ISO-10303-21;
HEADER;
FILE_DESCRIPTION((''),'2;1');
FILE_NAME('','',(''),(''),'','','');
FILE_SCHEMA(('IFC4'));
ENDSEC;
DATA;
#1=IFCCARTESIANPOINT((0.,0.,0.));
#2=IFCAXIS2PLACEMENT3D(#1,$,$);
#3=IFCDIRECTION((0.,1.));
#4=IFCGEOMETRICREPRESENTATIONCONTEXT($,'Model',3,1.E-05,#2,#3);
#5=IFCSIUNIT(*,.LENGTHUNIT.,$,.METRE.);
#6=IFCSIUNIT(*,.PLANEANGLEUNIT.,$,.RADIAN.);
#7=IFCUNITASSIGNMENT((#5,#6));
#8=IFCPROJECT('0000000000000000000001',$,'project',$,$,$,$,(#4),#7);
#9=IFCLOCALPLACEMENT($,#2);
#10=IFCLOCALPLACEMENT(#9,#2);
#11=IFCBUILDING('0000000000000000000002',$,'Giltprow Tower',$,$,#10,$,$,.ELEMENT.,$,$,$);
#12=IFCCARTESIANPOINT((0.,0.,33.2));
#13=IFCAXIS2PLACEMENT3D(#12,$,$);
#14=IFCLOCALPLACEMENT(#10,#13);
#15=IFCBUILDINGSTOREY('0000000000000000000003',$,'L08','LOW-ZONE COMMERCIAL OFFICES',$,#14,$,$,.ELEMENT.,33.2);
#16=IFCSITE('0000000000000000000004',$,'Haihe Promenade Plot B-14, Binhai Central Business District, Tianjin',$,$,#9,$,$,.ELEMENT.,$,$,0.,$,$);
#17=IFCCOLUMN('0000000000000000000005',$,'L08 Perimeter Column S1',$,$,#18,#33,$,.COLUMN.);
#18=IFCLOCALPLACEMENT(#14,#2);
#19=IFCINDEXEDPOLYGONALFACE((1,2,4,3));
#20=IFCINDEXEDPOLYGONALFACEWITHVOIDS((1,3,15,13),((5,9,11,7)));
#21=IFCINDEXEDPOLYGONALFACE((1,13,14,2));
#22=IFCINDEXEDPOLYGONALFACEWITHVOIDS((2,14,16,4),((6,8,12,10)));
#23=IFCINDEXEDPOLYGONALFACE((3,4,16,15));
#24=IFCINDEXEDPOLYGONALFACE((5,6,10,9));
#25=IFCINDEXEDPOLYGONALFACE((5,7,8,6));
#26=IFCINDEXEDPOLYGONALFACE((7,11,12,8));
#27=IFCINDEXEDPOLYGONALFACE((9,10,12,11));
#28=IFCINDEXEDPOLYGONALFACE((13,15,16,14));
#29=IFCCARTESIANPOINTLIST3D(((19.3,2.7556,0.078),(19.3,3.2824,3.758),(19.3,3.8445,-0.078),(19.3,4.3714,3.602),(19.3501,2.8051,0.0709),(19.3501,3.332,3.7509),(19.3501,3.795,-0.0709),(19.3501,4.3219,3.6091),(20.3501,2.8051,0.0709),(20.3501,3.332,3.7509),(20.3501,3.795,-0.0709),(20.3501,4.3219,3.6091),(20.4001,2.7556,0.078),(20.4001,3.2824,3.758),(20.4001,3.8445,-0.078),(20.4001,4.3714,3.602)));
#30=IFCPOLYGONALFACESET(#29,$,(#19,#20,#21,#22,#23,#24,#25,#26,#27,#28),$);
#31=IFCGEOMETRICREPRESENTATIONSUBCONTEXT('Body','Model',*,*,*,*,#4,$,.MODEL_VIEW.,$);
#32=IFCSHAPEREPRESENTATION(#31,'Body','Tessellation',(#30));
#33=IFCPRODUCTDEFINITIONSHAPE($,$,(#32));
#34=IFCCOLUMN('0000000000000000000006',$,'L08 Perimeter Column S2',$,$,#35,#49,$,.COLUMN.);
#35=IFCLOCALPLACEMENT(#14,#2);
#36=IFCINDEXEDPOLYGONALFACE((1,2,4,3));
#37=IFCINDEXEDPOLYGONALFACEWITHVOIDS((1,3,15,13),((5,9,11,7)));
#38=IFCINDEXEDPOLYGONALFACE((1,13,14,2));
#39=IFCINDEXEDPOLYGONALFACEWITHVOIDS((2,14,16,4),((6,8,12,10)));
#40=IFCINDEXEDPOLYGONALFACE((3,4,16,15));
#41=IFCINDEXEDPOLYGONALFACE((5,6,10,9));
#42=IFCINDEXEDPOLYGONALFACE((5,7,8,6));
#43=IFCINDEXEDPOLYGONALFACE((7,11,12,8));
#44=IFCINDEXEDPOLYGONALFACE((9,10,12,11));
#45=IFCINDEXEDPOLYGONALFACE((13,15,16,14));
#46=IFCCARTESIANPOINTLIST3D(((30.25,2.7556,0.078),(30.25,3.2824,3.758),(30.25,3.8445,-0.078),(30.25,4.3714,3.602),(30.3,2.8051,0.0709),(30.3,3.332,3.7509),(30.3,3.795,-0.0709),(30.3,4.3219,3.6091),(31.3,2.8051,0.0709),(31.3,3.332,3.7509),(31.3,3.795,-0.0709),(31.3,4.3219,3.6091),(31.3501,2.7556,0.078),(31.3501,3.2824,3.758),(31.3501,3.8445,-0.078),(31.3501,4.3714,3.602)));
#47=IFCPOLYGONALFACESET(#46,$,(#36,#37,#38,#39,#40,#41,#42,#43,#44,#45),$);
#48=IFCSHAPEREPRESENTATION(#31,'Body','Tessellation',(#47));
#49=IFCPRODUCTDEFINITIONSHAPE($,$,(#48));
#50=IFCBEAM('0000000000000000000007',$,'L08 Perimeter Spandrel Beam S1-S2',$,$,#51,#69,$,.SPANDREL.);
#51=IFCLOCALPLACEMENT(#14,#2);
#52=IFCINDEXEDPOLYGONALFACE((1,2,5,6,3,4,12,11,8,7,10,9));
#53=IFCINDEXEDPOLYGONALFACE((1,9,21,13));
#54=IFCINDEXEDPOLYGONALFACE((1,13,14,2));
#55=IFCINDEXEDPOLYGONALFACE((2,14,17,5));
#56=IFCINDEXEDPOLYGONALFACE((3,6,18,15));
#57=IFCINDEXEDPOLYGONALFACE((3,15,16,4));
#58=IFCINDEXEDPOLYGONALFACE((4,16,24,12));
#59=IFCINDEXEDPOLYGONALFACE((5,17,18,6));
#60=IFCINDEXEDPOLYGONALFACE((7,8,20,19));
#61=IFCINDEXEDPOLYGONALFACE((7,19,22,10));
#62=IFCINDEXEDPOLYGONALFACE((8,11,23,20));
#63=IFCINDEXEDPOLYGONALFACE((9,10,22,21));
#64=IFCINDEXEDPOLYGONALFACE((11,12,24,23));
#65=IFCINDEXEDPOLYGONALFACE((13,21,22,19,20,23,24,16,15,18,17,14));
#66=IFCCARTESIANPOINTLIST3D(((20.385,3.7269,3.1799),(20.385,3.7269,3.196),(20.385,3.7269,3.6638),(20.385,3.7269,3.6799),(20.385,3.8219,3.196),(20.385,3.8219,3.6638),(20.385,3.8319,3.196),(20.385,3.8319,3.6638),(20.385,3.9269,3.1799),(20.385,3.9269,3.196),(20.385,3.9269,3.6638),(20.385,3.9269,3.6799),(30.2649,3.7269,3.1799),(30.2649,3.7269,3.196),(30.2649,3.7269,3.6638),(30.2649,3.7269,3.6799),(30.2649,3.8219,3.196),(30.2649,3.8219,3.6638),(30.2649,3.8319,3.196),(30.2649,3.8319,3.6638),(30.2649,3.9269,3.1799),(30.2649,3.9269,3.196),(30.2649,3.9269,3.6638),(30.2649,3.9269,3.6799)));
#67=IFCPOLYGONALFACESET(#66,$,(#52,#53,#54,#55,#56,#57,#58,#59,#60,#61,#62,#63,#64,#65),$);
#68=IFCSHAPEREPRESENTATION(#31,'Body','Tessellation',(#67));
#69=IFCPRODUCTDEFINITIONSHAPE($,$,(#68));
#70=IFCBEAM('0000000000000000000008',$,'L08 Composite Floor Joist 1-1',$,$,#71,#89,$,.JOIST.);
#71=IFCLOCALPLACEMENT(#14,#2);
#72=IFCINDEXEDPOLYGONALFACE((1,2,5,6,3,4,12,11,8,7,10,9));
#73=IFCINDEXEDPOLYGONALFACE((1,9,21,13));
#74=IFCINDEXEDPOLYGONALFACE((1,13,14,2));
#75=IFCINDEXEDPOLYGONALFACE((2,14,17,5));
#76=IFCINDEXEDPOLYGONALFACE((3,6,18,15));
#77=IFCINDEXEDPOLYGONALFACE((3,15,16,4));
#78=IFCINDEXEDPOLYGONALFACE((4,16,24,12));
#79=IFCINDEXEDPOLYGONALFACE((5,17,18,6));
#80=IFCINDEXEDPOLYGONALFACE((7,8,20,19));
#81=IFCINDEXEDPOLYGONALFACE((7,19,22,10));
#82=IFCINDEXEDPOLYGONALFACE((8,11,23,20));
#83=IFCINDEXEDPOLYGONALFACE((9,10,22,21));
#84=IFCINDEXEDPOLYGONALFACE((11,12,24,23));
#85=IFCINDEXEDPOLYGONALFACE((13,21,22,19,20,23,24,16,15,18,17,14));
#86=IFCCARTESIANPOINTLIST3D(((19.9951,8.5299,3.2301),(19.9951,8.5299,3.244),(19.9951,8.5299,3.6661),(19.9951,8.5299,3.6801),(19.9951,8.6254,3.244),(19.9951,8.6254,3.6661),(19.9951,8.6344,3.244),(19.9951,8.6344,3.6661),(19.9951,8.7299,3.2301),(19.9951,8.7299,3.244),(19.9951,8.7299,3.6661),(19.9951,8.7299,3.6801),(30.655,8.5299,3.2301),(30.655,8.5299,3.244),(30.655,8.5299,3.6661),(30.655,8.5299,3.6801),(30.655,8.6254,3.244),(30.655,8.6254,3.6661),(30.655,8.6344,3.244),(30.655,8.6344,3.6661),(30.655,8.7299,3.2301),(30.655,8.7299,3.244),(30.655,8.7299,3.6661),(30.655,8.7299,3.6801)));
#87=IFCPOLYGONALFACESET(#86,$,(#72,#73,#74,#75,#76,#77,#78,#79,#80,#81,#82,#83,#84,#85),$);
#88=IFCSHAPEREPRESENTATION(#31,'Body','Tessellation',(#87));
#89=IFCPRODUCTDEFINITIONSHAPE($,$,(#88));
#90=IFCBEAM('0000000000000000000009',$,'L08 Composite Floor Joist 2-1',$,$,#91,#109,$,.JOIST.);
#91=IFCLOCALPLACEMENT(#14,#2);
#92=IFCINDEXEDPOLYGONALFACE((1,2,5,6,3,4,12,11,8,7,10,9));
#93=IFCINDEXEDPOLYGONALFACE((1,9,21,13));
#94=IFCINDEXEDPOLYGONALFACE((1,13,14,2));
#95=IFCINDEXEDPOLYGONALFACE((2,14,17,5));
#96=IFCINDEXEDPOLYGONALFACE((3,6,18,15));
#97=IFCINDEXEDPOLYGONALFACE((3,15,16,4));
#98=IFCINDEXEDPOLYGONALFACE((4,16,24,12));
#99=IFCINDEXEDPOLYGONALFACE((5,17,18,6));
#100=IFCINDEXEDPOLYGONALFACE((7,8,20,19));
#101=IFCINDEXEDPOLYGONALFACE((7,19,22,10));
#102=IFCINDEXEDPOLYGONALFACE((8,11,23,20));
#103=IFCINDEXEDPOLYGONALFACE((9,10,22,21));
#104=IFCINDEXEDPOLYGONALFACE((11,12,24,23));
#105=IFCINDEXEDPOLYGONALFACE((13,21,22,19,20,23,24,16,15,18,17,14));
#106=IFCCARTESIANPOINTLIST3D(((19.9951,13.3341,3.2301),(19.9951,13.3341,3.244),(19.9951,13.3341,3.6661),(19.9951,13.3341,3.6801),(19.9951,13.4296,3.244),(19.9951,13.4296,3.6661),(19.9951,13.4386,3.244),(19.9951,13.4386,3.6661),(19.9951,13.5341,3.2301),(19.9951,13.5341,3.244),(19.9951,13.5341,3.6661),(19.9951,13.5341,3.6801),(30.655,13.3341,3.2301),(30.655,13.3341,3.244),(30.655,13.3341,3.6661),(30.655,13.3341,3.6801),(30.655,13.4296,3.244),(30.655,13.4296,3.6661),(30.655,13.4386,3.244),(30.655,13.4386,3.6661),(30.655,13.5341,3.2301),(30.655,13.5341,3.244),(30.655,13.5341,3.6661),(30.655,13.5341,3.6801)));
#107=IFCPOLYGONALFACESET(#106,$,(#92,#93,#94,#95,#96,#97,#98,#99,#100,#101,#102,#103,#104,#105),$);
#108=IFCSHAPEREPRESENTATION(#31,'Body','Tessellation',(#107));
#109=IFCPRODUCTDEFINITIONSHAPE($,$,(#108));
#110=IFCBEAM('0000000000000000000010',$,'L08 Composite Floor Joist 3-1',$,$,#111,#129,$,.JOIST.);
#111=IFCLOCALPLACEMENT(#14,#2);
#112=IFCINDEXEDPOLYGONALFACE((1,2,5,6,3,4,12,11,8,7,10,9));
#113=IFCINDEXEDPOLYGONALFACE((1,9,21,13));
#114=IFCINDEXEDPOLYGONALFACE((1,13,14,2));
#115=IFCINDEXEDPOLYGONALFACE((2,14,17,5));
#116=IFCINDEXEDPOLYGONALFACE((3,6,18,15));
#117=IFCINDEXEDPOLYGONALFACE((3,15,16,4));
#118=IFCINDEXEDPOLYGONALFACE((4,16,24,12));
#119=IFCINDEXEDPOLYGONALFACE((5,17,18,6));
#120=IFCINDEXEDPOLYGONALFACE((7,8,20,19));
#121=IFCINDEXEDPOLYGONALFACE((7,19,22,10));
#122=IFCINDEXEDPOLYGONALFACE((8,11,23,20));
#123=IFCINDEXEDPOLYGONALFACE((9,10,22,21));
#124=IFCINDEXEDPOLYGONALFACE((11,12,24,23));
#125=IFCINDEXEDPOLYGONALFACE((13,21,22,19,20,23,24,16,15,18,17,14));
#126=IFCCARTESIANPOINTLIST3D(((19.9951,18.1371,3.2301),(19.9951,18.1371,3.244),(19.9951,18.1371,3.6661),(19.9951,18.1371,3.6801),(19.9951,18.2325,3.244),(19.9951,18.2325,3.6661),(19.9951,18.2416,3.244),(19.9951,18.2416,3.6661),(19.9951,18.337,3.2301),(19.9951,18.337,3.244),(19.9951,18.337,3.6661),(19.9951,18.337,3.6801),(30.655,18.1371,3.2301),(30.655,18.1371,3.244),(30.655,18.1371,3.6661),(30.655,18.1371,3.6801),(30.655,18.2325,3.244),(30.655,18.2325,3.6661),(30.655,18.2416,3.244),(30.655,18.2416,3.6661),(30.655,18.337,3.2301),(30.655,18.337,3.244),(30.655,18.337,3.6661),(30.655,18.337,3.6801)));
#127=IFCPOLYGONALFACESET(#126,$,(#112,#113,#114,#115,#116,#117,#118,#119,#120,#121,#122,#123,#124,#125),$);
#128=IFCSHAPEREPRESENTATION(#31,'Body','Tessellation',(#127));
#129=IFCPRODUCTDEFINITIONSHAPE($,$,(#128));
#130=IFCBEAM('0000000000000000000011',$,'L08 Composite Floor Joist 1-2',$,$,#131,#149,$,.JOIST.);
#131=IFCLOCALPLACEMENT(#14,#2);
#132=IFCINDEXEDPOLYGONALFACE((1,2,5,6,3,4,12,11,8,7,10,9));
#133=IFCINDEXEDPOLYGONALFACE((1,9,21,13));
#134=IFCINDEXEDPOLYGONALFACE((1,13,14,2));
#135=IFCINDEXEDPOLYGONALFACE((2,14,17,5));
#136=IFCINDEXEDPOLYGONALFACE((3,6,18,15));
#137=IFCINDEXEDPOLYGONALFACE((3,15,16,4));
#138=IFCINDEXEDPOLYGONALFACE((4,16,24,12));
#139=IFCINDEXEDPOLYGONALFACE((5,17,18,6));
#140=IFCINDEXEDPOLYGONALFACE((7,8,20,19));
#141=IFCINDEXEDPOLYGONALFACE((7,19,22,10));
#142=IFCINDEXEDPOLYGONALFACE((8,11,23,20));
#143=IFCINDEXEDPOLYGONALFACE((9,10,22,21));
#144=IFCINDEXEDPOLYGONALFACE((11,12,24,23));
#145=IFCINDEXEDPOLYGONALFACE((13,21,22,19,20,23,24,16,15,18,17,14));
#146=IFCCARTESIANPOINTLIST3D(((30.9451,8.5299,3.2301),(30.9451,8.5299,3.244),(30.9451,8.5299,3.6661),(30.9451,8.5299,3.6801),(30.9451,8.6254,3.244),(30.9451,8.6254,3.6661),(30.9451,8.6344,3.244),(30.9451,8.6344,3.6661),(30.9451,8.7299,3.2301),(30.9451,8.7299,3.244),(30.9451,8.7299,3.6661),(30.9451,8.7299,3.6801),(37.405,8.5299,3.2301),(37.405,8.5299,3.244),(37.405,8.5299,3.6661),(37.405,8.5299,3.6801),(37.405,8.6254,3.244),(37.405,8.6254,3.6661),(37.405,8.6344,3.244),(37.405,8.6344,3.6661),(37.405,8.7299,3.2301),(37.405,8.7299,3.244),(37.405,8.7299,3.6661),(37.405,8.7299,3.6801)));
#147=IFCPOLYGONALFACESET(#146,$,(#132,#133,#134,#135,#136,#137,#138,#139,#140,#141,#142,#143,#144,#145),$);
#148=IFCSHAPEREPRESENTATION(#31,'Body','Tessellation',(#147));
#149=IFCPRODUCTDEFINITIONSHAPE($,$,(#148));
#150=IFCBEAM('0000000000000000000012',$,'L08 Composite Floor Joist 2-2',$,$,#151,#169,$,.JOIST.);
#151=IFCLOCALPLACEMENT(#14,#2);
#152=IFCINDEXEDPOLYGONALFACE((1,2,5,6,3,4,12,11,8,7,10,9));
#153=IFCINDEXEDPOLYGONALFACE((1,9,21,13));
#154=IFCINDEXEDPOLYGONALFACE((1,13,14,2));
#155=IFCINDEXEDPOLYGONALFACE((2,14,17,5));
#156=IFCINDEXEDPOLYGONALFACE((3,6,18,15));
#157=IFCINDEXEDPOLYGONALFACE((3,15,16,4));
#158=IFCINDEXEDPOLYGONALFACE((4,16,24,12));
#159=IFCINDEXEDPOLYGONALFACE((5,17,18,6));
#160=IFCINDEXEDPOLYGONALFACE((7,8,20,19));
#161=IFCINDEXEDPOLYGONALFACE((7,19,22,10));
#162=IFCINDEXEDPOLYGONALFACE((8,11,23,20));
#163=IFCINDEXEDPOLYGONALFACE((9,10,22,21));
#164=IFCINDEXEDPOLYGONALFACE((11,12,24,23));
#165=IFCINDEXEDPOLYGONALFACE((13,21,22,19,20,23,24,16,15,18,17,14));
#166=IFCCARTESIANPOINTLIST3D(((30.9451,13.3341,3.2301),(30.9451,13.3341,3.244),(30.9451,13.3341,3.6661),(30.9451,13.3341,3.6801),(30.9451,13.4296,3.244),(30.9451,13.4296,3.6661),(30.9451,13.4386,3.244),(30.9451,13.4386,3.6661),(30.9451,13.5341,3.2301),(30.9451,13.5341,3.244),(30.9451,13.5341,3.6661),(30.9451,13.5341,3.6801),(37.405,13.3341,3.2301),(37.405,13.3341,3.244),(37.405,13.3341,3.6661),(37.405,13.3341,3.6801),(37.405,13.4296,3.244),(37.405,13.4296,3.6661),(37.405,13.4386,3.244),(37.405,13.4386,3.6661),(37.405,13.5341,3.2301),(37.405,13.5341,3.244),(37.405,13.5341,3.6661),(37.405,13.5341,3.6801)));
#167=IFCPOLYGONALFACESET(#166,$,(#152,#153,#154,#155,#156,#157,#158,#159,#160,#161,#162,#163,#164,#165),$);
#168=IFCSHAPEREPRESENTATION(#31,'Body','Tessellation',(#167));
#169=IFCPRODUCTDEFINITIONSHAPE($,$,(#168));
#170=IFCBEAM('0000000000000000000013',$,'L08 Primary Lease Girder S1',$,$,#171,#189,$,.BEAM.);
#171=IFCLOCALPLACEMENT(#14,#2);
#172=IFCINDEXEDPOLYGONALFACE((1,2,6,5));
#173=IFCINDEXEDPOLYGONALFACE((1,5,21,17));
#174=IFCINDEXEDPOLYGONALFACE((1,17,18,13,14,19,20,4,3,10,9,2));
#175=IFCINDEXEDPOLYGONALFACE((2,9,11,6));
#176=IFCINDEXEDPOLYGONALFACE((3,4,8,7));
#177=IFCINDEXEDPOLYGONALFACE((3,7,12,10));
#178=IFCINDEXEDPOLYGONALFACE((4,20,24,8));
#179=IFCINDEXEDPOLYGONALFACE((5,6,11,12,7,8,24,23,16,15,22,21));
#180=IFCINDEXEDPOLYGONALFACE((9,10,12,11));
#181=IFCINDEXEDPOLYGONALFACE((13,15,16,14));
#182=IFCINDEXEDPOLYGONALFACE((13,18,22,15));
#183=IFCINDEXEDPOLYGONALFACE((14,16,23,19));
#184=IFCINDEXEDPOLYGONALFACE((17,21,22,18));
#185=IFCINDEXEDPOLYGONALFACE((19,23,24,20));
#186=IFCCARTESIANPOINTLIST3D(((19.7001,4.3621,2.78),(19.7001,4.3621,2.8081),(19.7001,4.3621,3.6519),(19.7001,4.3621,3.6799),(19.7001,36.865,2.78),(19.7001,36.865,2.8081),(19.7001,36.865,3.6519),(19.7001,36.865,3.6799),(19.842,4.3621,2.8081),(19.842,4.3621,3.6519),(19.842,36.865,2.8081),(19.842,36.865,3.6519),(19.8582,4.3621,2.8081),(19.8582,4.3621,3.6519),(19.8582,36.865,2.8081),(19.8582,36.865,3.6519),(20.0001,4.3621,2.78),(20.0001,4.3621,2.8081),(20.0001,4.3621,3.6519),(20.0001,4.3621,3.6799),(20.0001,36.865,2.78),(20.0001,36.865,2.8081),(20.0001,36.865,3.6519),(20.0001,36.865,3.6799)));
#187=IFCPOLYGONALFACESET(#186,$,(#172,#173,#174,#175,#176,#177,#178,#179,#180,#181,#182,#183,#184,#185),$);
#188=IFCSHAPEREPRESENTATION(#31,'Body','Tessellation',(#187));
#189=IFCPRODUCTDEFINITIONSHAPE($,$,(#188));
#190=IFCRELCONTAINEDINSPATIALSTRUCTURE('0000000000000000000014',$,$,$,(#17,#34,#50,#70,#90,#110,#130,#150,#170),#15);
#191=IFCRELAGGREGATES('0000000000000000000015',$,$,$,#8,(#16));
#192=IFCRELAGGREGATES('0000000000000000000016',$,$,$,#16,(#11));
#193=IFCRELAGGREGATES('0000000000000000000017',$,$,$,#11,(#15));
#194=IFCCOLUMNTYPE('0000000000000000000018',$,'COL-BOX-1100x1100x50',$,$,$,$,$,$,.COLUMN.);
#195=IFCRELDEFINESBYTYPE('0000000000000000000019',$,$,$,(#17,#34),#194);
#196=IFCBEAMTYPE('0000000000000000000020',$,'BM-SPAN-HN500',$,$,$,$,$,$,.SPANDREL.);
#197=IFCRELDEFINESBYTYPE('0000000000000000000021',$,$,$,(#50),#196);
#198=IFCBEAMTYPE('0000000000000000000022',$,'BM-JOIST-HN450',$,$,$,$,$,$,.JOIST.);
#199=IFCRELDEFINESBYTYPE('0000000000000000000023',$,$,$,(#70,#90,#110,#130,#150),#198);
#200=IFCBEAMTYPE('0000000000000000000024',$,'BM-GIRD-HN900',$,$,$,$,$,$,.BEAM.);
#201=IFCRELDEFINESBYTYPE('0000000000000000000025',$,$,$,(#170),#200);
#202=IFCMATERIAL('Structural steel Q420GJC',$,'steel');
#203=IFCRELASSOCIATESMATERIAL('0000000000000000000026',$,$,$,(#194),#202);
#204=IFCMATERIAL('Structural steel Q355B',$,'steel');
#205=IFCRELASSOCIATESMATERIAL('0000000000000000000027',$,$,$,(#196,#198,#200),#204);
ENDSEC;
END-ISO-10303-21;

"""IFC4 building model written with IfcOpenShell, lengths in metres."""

from ifc_helpers import new_model, si_unit, direction, frame, origin, origin_2d, place, context, subcontext, project, spatial, hollow_rectangle, i_section, extrude, source, transform, mapped, material, material_profile, profile_set, type_object, element, save


model = new_model("IFC4")

# Units and contexts
model_context = context("Model", 3, precision=1e-05, world=origin(), true_north=direction((0.0, 1.0)))
body_context = subcontext(model_context, "Body", "Model", "MODEL_VIEW")
ifc_project = project(units=[si_unit("LENGTHUNIT", "METRE"), si_unit("PLANEANGLEUNIT", "RADIAN")], contexts=[model_context])

# Site, building, storey
site_placement = place(None, origin())
site = spatial("IfcSite", under=ifc_project, at=site_placement, Name="Haihe Promenade Plot B-14, Binhai Central Business District, Tianjin", CompositionType="ELEMENT", RefElevation=0.0)
building_placement = place(site_placement, origin())
building = spatial("IfcBuilding", under=site, at=building_placement, Name="Giltprow Tower", CompositionType="ELEMENT")
storey_placement = place(building_placement, frame((0.0, 0.0, 33.2)))
storey = spatial("IfcBuildingStorey", under=building, at=storey_placement, Name="L08", Description="LOW-ZONE COMMERCIAL OFFICES", CompositionType="ELEMENT", Elevation=33.2)

# Columns
ifc_material_1 = material(Name="Structural steel Q420GJC", Category="steel")
ifc_material_profile_1 = material_profile(ifc_material_1, hollow_rectangle(XDim=1.1001, YDim=1.1001, WallThickness=0.05, at=origin_2d()), Name="BOX 1100x1100x50")
ifc_profile_set_1 = profile_set([ifc_material_profile_1], Name="Structural steel Q420GJC")
column_type = type_object("IfcColumnType", Name="COL-BOX-1100x1100x50", PredefinedType="COLUMN", material=ifc_profile_set_1)
shared_shape_1 = source(origin(), body_context, "Body", "SweptSolid", [
    extrude(hollow_rectangle(XDim=1.1001, YDim=1.1001, WallThickness=0.05, at=origin_2d()), origin(), (0.0, 0.0, 1.0), 3.7175),
])
for number, where, z_axis, x_axis, name in (
    (1, (19.8501, 3.3, 0.0), (0.0, 0.141725, 0.989906), (-1.0, 0.0, 0.0), "L08 Perimeter Column S1"),
    (2, (30.8, 3.3, 0.0), (0.0, 0.141725, 0.989906), (-1.0, 0.0, 0.0), "L08 Perimeter Column S2"),
):
    element("IfcColumn", number, at=place(storey_placement, frame(where, z_axis=z_axis, x_axis=x_axis)), inside=storey, type_object=column_type, Name=name, PredefinedType="COLUMN", context=body_context, shape_type="MappedRepresentation", body=[
        mapped(shared_shape_1, transform((0.0, 0.0, 0.0), x_axis=(1.0, 0.0, 0.0), y_axis=(0.0, 1.0, 0.0), z_axis=(0.0, 0.0, 1.0), scale=1.0)),
    ])

# Beams
ifc_material_2 = material(Name="Structural steel Q355B", Category="steel")
ifc_material_profile_2 = material_profile(ifc_material_2, i_section(OverallWidth=0.2, OverallDepth=0.5, WebThickness=0.01, FlangeThickness=0.0161, at=origin_2d()), Name="HN 500x200x10x16")
ifc_profile_set_2 = profile_set([ifc_material_profile_2], Name="Structural steel Q355B")
beam_type_1 = type_object("IfcBeamType", Name="BM-SPAN-HN500", PredefinedType="SPANDREL", material=ifc_profile_set_2)
shared_shape_2 = source(origin(), body_context, "Body", "SweptSolid", [
    extrude(i_section(OverallWidth=0.2, OverallDepth=0.5, WebThickness=0.01, FlangeThickness=0.0161, at=origin_2d()), origin(), (0.0, 0.0, 1.0), 9.8799),
])
beam_placement = place(storey_placement, frame((20.385, 3.8269, 3.4299), z_axis=(1.0, 0.0, 0.0), x_axis=(0.0, 1.0, 0.0)))
element("IfcBeam", 3, at=beam_placement, inside=storey, type_object=beam_type_1, Name="L08 Perimeter Spandrel Beam S1-S2", PredefinedType="SPANDREL", context=body_context, shape_type="MappedRepresentation", body=[
    mapped(shared_shape_2, transform((0.0, 0.0, 0.0), x_axis=(1.0, 0.0, 0.0), y_axis=(0.0, 1.0, 0.0), z_axis=(0.0, 0.0, 1.0), scale=1.0)),
])
ifc_material_profile_3 = material_profile(ifc_material_2, i_section(OverallWidth=0.2, OverallDepth=0.45, WebThickness=0.009, FlangeThickness=0.0139, at=origin_2d()), Name="HN 450x200x9x14")
ifc_profile_set_3 = profile_set([ifc_material_profile_3], Name="Structural steel Q355B")
beam_type_2 = type_object("IfcBeamType", Name="BM-JOIST-HN450", PredefinedType="JOIST", material=ifc_profile_set_3)
shared_shape_3 = source(origin(), body_context, "Body", "SweptSolid", [
    extrude(i_section(OverallWidth=0.2, OverallDepth=0.45, WebThickness=0.009, FlangeThickness=0.0139, at=origin_2d()), origin(), (0.0, 0.0, 1.0), 10.6599),
])
for number, where, z_axis, x_axis, name in (
    (4, (19.9951, 8.6299, 3.4551), (1.0, 0.0, 0.0), (0.0, 1.0, 0.0), "L08 Composite Floor Joist 1-1"),
    (5, (19.9951, 13.4341, 3.4551), (1.0, 0.0, 0.0), (0.0, 1.0, 0.0), "L08 Composite Floor Joist 2-1"),
    (6, (19.9951, 18.2371, 3.4551), (1.0, 0.0, 0.0), (0.0, 1.0, 0.0), "L08 Composite Floor Joist 3-1"),
):
    element("IfcBeam", number, at=place(storey_placement, frame(where, z_axis=z_axis, x_axis=x_axis)), inside=storey, type_object=beam_type_2, Name=name, PredefinedType="JOIST", context=body_context, shape_type="MappedRepresentation", body=[
        mapped(shared_shape_3, transform((0.0, 0.0, 0.0), x_axis=(1.0, 0.0, 0.0), y_axis=(0.0, 1.0, 0.0), z_axis=(0.0, 0.0, 1.0), scale=1.0)),
    ])
shared_shape_4 = source(origin(), body_context, "Body", "SweptSolid", [
    extrude(i_section(OverallWidth=0.2, OverallDepth=0.45, WebThickness=0.009, FlangeThickness=0.0139, at=origin_2d()), origin(), (0.0, 0.0, 1.0), 6.46),
])
for number, where, z_axis, x_axis, name in (
    (7, (30.9451, 8.6299, 3.4551), (1.0, 0.0, 0.0), (0.0, 1.0, 0.0), "L08 Composite Floor Joist 1-2"),
    (8, (30.9451, 13.4341, 3.4551), (1.0, 0.0, 0.0), (0.0, 1.0, 0.0), "L08 Composite Floor Joist 2-2"),
):
    element("IfcBeam", number, at=place(storey_placement, frame(where, z_axis=z_axis, x_axis=x_axis)), inside=storey, type_object=beam_type_2, Name=name, PredefinedType="JOIST", context=body_context, shape_type="MappedRepresentation", body=[
        mapped(shared_shape_4, transform((0.0, 0.0, 0.0), x_axis=(1.0, 0.0, 0.0), y_axis=(0.0, 1.0, 0.0), z_axis=(0.0, 0.0, 1.0), scale=1.0)),
    ])
ifc_material_profile_4 = material_profile(ifc_material_2, i_section(OverallWidth=0.3, OverallDepth=0.8999, WebThickness=0.0161, FlangeThickness=0.0281, at=origin_2d()), Name="HN 900x300x16x28")
ifc_profile_set_4 = profile_set([ifc_material_profile_4], Name="Structural steel Q355B")
beam_type_3 = type_object("IfcBeamType", Name="BM-GIRD-HN900", PredefinedType="BEAM", material=ifc_profile_set_4)
shared_shape_5 = source(origin(), body_context, "Body", "SweptSolid", [
    extrude(i_section(OverallWidth=0.3, OverallDepth=0.8999, WebThickness=0.0161, FlangeThickness=0.0281, at=origin_2d()), origin(), (0.0, 0.0, 1.0), 32.5029),
])
for number, where, z_axis, x_axis, name in (
    (9, (19.8501, 4.3621, 3.23), (0.0, 1.0, 0.0), (-1.0, 0.0, 0.0), "L08 Primary Lease Girder S1"),
):
    element("IfcBeam", number, at=place(storey_placement, frame(where, z_axis=z_axis, x_axis=x_axis)), inside=storey, type_object=beam_type_3, Name=name, PredefinedType="BEAM", context=body_context, shape_type="MappedRepresentation", body=[
        mapped(shared_shape_5, transform((0.0, 0.0, 0.0), x_axis=(1.0, 0.0, 0.0), y_axis=(0.0, 1.0, 0.0), z_axis=(0.0, 0.0, 1.0), scale=1.0)),
    ])

save(model, "model.ifc")
